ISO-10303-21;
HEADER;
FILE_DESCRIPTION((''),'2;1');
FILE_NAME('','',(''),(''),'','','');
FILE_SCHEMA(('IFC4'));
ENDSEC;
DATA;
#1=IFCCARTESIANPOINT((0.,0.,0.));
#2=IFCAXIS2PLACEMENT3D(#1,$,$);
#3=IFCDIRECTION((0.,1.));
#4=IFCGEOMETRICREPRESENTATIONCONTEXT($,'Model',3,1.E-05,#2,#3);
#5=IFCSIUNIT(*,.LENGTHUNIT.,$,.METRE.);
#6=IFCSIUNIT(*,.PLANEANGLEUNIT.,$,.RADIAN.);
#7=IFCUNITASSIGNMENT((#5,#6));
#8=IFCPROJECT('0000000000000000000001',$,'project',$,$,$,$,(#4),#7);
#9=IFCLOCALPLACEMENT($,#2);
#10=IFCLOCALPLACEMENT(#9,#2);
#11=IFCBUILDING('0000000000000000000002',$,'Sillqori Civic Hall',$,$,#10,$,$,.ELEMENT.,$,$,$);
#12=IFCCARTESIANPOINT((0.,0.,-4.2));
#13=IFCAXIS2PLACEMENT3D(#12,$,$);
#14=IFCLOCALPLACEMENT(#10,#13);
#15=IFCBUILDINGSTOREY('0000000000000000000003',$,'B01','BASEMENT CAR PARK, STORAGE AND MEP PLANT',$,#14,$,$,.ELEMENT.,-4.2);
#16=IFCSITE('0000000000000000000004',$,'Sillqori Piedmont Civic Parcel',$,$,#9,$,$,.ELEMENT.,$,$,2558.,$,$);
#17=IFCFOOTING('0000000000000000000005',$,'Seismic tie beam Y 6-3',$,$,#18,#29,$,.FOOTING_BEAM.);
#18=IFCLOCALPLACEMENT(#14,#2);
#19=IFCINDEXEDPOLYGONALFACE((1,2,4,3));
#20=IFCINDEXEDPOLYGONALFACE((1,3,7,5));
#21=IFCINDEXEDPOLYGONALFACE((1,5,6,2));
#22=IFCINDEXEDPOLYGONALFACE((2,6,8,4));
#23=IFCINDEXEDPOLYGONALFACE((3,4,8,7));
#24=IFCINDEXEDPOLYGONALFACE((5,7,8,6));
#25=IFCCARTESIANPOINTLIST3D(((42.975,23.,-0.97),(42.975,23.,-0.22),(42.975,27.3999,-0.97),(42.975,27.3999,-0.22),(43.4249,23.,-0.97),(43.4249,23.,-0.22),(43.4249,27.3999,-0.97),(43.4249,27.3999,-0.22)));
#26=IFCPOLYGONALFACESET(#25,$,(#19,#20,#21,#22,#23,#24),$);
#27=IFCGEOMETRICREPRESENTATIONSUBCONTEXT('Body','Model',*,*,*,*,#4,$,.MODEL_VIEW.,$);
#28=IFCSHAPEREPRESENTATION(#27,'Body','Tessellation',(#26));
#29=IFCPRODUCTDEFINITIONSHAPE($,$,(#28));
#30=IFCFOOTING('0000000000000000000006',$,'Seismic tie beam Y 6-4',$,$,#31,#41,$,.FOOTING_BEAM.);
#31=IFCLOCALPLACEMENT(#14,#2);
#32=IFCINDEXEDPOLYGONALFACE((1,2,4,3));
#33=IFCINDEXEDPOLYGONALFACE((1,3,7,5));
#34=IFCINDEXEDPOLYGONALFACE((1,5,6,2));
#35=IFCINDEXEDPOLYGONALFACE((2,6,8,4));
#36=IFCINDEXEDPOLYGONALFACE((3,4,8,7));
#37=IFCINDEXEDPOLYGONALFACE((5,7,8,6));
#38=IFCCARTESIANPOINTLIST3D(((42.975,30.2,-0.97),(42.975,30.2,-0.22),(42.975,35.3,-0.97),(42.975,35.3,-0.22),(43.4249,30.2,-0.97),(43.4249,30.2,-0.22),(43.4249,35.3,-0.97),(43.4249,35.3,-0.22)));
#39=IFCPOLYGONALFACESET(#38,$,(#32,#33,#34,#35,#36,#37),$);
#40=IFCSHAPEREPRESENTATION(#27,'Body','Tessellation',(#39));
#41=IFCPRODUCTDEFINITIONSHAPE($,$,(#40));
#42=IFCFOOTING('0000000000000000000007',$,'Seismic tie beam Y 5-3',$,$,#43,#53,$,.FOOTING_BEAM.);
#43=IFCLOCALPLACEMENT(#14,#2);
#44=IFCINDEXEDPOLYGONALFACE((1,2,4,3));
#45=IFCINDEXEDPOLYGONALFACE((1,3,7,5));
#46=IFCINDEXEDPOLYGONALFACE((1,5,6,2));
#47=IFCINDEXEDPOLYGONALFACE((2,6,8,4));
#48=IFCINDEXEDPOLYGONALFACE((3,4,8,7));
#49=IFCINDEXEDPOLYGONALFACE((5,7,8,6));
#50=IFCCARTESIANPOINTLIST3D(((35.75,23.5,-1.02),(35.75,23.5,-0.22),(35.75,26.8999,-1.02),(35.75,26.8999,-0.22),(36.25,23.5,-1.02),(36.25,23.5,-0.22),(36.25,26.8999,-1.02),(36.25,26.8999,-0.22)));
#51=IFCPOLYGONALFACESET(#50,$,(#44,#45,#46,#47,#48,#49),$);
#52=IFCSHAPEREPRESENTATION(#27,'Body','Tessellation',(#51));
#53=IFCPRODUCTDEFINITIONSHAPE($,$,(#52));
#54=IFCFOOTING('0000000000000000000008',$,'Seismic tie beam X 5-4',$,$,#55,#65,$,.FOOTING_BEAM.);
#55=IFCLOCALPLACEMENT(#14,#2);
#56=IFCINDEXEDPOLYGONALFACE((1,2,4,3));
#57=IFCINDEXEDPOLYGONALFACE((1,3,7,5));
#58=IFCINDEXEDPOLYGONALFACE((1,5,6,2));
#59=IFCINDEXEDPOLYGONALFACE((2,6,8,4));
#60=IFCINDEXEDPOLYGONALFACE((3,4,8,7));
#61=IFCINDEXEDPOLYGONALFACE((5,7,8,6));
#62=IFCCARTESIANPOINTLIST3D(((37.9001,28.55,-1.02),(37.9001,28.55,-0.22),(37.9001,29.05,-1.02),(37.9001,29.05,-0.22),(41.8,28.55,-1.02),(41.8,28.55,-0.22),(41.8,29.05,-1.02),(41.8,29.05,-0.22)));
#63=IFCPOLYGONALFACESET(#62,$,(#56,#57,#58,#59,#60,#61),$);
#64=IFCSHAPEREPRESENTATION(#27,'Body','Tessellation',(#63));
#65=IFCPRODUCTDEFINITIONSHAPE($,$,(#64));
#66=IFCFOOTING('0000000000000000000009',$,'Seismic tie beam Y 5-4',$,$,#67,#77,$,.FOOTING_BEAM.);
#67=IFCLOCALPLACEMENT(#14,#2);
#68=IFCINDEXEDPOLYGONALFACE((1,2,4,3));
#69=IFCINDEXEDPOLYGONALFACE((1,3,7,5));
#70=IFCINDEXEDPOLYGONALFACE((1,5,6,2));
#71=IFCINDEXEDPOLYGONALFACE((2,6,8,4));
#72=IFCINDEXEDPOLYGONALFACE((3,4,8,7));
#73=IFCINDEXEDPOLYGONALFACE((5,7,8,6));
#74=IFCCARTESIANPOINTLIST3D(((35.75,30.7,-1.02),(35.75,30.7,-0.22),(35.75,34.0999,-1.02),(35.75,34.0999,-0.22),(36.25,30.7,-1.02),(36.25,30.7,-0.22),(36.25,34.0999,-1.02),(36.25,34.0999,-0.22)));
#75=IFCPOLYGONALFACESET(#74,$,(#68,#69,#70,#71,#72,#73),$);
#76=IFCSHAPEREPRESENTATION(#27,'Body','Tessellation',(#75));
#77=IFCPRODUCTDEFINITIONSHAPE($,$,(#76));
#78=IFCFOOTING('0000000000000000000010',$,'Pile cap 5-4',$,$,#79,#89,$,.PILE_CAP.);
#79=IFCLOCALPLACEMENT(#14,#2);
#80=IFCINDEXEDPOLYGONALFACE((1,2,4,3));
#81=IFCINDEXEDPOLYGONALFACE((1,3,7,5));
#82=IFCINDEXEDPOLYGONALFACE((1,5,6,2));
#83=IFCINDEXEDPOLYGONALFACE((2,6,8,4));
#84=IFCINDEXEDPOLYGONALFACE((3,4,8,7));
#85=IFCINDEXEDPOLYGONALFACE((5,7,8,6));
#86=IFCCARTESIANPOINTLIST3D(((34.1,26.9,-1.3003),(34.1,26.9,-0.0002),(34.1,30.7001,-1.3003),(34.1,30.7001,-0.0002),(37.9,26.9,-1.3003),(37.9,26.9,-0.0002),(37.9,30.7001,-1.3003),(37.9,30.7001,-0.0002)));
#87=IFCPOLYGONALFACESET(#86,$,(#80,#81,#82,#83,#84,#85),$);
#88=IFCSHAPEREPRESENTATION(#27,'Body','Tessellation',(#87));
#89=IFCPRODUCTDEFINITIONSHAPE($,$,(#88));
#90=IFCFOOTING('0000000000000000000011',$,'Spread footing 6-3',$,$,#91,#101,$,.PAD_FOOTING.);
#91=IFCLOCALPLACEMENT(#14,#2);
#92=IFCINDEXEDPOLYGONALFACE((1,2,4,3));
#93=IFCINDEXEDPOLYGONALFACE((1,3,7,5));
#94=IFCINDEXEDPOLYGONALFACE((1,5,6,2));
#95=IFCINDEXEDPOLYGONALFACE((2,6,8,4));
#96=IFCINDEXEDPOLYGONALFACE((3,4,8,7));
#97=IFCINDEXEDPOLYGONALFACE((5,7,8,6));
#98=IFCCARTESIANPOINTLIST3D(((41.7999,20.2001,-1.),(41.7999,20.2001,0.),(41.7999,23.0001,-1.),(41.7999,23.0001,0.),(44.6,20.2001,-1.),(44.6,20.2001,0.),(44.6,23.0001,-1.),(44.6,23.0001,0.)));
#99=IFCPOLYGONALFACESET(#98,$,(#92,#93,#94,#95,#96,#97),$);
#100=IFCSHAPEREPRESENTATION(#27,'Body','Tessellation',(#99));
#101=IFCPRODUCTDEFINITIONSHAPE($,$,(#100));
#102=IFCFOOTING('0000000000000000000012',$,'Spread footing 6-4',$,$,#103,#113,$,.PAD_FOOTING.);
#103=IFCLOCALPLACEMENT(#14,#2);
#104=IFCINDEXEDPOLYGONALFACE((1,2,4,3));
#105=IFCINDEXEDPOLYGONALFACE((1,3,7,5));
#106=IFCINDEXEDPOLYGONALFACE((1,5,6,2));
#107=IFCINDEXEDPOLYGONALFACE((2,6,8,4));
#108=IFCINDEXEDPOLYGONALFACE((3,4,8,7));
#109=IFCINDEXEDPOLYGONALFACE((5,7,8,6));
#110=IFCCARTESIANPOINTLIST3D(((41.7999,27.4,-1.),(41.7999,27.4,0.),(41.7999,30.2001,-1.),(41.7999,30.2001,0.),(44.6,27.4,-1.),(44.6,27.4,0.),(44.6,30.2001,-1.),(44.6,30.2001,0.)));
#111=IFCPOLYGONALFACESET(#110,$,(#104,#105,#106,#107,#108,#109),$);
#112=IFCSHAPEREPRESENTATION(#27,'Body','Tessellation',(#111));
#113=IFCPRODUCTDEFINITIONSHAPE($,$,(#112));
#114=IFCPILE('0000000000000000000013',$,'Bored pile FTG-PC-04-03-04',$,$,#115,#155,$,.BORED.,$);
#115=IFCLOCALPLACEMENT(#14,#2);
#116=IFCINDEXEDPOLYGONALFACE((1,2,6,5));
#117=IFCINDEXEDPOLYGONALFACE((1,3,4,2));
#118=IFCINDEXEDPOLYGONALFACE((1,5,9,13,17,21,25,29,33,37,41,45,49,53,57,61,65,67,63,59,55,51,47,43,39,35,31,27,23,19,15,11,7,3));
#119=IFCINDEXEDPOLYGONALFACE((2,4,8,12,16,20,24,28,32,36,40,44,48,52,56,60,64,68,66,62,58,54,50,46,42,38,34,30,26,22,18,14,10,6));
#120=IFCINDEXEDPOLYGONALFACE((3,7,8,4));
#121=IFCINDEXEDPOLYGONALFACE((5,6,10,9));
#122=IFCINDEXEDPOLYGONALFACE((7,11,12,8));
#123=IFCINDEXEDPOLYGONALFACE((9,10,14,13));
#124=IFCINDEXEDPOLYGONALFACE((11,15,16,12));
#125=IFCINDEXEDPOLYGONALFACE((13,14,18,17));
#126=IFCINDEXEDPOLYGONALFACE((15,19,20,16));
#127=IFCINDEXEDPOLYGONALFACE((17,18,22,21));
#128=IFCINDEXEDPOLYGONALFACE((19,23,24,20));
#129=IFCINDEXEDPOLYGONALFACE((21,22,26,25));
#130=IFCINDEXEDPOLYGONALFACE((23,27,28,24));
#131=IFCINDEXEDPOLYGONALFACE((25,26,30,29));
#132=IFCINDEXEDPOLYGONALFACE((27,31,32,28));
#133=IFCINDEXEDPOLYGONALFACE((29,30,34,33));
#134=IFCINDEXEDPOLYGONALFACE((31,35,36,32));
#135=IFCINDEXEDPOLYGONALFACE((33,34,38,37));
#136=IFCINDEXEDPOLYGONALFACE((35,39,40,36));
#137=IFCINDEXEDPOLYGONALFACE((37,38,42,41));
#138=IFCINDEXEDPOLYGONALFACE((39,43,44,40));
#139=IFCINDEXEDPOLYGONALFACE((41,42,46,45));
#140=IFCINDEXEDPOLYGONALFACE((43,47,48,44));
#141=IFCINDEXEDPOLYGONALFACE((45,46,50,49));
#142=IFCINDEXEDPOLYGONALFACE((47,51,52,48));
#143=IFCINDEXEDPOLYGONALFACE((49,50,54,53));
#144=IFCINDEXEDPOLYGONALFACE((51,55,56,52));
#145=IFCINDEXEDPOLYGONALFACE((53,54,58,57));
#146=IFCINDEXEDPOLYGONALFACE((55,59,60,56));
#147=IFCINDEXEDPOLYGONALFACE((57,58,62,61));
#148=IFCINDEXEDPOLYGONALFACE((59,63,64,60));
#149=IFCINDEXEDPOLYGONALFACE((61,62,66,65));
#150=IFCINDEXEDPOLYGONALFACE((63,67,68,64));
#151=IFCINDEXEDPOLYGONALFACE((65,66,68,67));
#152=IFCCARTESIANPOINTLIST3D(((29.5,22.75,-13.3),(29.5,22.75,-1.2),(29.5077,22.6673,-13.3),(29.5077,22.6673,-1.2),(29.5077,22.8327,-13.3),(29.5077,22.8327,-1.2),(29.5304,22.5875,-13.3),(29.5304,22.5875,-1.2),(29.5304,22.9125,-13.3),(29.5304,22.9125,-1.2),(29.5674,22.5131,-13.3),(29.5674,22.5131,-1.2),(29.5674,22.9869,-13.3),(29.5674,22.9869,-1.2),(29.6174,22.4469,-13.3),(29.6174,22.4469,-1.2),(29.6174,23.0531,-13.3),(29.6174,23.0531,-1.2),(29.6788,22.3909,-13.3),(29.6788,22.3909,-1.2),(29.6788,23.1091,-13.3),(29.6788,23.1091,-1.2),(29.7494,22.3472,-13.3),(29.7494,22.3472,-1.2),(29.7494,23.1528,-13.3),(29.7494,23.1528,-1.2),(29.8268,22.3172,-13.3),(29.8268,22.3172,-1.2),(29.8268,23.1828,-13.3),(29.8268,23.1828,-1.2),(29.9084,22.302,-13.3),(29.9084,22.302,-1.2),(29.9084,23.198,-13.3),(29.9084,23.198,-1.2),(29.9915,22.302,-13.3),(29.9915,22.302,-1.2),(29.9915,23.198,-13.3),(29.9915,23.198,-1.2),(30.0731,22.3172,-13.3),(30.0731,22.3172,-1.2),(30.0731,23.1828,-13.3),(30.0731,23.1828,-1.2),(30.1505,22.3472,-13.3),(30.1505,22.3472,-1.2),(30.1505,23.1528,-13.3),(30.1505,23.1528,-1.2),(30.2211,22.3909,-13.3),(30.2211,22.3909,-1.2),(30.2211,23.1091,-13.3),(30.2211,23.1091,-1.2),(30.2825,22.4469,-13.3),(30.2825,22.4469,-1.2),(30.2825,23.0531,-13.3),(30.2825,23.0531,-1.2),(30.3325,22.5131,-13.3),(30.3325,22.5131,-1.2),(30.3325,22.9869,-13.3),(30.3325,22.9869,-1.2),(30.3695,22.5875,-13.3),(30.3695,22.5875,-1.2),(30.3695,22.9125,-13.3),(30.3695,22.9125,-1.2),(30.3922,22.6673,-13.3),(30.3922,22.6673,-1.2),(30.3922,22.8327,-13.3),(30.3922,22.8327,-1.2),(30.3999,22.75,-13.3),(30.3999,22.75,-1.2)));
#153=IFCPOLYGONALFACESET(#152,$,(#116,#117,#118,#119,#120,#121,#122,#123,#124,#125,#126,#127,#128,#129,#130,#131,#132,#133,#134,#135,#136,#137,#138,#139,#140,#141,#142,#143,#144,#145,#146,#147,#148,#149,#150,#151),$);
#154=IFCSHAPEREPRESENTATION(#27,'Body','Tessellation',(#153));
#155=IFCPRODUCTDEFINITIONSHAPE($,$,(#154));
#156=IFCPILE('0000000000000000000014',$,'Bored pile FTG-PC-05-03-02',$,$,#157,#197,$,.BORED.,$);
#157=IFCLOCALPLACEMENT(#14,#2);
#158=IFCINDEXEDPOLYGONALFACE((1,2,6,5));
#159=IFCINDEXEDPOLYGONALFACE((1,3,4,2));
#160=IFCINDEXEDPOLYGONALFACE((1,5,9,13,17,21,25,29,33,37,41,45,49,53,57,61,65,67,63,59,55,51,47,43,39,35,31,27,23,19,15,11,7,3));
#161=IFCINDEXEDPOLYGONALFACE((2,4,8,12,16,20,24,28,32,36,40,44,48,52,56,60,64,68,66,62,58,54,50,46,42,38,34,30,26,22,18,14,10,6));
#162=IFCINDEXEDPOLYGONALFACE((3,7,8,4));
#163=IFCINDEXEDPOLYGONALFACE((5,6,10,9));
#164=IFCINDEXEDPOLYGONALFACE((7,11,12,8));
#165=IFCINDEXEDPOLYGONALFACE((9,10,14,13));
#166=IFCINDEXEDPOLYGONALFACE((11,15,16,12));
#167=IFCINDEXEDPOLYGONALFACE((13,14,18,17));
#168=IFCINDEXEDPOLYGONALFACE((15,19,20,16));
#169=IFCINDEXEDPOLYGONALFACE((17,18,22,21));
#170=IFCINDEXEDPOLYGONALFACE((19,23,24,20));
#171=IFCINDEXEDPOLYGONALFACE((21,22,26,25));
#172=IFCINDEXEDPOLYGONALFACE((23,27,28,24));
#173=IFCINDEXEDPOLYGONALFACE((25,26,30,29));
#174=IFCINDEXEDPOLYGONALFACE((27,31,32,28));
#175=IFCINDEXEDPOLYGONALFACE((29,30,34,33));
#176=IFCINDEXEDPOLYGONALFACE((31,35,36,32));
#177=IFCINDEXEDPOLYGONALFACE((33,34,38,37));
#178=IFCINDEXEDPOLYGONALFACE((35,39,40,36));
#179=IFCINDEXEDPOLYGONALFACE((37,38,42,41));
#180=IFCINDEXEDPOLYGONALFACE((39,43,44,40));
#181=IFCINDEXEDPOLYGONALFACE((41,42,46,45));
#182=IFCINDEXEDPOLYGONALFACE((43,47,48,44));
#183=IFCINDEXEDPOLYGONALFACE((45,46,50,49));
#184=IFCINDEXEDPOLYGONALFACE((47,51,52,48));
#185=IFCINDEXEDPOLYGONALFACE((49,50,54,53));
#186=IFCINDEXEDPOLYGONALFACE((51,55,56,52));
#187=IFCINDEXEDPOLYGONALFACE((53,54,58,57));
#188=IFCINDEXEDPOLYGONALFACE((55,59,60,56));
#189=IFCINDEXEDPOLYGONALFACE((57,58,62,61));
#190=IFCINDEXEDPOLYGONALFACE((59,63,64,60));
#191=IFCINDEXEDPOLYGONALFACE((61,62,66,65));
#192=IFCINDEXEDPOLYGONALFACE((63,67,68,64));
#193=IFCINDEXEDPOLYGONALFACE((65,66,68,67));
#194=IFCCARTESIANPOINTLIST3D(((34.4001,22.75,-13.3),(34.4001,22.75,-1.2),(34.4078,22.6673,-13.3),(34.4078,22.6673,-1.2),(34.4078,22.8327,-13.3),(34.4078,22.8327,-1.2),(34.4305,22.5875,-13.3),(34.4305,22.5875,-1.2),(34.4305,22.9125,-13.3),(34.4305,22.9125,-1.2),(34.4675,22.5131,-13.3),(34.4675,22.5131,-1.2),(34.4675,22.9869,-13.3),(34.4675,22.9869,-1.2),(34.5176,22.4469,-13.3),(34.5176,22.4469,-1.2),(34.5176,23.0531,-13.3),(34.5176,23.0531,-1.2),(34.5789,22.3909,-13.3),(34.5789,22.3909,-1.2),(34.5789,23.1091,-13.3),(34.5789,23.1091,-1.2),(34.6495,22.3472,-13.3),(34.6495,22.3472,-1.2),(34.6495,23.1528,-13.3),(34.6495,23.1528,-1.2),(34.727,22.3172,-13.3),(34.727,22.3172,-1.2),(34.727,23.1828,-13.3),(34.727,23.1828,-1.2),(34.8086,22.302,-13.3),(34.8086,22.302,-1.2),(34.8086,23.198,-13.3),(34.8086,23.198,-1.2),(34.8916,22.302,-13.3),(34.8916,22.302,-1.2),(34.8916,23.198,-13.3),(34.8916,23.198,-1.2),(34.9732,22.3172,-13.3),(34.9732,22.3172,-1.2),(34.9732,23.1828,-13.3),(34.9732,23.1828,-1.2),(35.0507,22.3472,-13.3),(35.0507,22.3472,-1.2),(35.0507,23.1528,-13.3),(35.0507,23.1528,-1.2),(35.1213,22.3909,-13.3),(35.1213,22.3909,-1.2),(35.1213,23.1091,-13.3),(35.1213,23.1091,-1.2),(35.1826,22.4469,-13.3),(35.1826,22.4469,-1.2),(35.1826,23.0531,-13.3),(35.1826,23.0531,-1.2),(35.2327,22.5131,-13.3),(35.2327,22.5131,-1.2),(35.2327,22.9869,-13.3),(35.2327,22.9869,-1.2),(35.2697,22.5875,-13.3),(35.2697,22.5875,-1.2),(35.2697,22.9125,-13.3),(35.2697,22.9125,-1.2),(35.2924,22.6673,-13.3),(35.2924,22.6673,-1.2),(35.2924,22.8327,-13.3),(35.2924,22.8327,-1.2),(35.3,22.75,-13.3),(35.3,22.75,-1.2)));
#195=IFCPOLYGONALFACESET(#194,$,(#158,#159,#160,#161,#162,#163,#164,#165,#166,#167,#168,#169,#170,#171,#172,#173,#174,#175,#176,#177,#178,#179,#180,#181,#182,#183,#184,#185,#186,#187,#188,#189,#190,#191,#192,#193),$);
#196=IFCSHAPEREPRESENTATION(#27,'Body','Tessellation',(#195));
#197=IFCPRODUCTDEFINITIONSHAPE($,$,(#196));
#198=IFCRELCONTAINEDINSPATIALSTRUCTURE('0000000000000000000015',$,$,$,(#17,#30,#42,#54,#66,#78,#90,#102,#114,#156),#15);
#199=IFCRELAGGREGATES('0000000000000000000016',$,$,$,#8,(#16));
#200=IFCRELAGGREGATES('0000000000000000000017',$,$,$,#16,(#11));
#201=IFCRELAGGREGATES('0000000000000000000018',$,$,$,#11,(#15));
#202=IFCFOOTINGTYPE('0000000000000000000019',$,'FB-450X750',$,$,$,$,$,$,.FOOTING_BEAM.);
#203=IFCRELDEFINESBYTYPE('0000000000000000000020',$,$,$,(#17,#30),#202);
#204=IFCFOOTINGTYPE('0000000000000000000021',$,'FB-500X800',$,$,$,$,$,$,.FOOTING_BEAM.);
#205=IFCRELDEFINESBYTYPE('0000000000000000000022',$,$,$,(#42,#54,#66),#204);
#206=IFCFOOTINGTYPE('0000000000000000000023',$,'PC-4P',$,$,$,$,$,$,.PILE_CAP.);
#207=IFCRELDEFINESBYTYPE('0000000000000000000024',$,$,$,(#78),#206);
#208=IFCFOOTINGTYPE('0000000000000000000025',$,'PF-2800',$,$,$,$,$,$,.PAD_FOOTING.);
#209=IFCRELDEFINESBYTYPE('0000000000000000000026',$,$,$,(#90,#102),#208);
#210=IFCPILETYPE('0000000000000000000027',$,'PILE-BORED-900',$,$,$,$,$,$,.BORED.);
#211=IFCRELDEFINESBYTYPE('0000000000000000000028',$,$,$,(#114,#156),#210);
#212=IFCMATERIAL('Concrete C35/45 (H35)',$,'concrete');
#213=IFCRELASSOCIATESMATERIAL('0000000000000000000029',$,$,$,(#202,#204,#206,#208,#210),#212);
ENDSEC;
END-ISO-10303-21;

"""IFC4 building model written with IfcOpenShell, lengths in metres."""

from ifc_helpers import new_model, si_unit, direction, frame, origin, origin_2d, place, context, subcontext, project, spatial, rectangle, circle, extrude, material, material_profile, profile_set, type_object, element, save


model = new_model("IFC4")

# Units and contexts
model_context = context("Model", 3, precision=1e-05, world=origin(), true_north=direction((0.0, 1.0)))
body_context = subcontext(model_context, "Body", "Model", "MODEL_VIEW")
ifc_project = project(units=[si_unit("LENGTHUNIT", "METRE"), si_unit("PLANEANGLEUNIT", "RADIAN")], contexts=[model_context])

# Site, building, storey
site_placement = place(None, origin())
site = spatial("IfcSite", under=ifc_project, at=site_placement, Name="Sillqori Piedmont Civic Parcel", CompositionType="ELEMENT", RefElevation=2558.0)
building_placement = place(site_placement, origin())
building = spatial("IfcBuilding", under=site, at=building_placement, Name="Sillqori Civic Hall", CompositionType="ELEMENT")
storey_placement = place(building_placement, frame((0.0, 0.0, -4.2)))
storey = spatial("IfcBuildingStorey", under=building, at=storey_placement, Name="B01", Description="BASEMENT CAR PARK, STORAGE AND MEP PLANT", CompositionType="ELEMENT", Elevation=-4.2)

# Footings
ifc_material = material(Name="Concrete C35/45 (H35)", Category="concrete")
footing_type_1 = type_object("IfcFootingType", Name="FB-450X750", PredefinedType="FOOTING_BEAM", material=ifc_material)
footing_1_placement = place(storey_placement, frame((43.2, 25.2, -0.97), z_axis=(0.0, 0.0, 1.0), x_axis=(1.0, 0.0, 0.0)))
element("IfcFooting", 1, at=footing_1_placement, inside=storey, type_object=footing_type_1, Name="Seismic tie beam Y 6-3", PredefinedType="FOOTING_BEAM", context=body_context, shape_type="SweptSolid", body=[
    extrude(rectangle(XDim=0.45, YDim=4.3999, at=origin_2d()), origin(), (0.0, 0.0, 1.0), 0.75),
])
footing_2_placement = place(storey_placement, frame((43.2, 32.75, -0.97), z_axis=(0.0, 0.0, 1.0), x_axis=(1.0, 0.0, 0.0)))
element("IfcFooting", 2, at=footing_2_placement, inside=storey, type_object=footing_type_1, Name="Seismic tie beam Y 6-4", PredefinedType="FOOTING_BEAM", context=body_context, shape_type="SweptSolid", body=[
    extrude(rectangle(XDim=0.45, YDim=5.1001, at=origin_2d()), origin(), (0.0, 0.0, 1.0), 0.75),
])
footing_type_2 = type_object("IfcFootingType", Name="FB-500X800", PredefinedType="FOOTING_BEAM", material=ifc_material)
footing_3_placement = place(storey_placement, frame((36.0, 25.2, -1.02), z_axis=(0.0, 0.0, 1.0), x_axis=(1.0, 0.0, 0.0)))
element("IfcFooting", 3, at=footing_3_placement, inside=storey, type_object=footing_type_2, Name="Seismic tie beam Y 5-3", PredefinedType="FOOTING_BEAM", context=body_context, shape_type="SweptSolid", body=[
    extrude(rectangle(XDim=0.5, YDim=3.3999, at=origin_2d()), origin(), (0.0, 0.0, 1.0), 0.8),
])
footing_4_placement = place(storey_placement, frame((39.8501, 28.8, -1.02), z_axis=(0.0, 0.0, 1.0), x_axis=(1.0, 0.0, 0.0)))
element("IfcFooting", 4, at=footing_4_placement, inside=storey, type_object=footing_type_2, Name="Seismic tie beam X 5-4", PredefinedType="FOOTING_BEAM", context=body_context, shape_type="SweptSolid", body=[
    extrude(rectangle(XDim=3.8999, YDim=0.5, at=origin_2d()), origin(), (0.0, 0.0, 1.0), 0.8),
])
footing_5_placement = place(storey_placement, frame((36.0, 32.3999, -1.02), z_axis=(0.0, 0.0, 1.0), x_axis=(1.0, 0.0, 0.0)))
element("IfcFooting", 5, at=footing_5_placement, inside=storey, type_object=footing_type_2, Name="Seismic tie beam Y 5-4", PredefinedType="FOOTING_BEAM", context=body_context, shape_type="SweptSolid", body=[
    extrude(rectangle(XDim=0.5, YDim=3.3999, at=origin_2d()), origin(), (0.0, 0.0, 1.0), 0.8),
])
footing_type_3 = type_object("IfcFootingType", Name="PC-4P", PredefinedType="PILE_CAP", material=ifc_material)
footing_6_placement = place(storey_placement, frame((36.0, 28.8, -1.3003), z_axis=(0.0, 0.0, 1.0), x_axis=(1.0, 0.0, 0.0)))
element("IfcFooting", 6, at=footing_6_placement, inside=storey, type_object=footing_type_3, Name="Pile cap 5-4", PredefinedType="PILE_CAP", context=body_context, shape_type="SweptSolid", body=[
    extrude(rectangle(XDim=3.8, YDim=3.8, at=origin_2d()), origin(), (0.0, 0.0, 1.0), 1.3),
])
footing_type_4 = type_object("IfcFootingType", Name="PF-2800", PredefinedType="PAD_FOOTING", material=ifc_material)
for number, where, z_axis, x_axis, name in (
    (7, (43.2, 21.6001, -1.0), (0.0, 0.0, 1.0), (1.0, 0.0, 0.0), "Spread footing 6-3"),
    (8, (43.2, 28.8, -1.0), (0.0, 0.0, 1.0), (1.0, 0.0, 0.0), "Spread footing 6-4"),
):
    element("IfcFooting", number, at=place(storey_placement, frame(where, z_axis=z_axis, x_axis=x_axis)), inside=storey, type_object=footing_type_4, Name=name, PredefinedType="PAD_FOOTING", context=body_context, shape_type="SweptSolid", body=[
        extrude(rectangle(XDim=2.8, YDim=2.8, at=origin_2d()), origin(), (0.0, 0.0, 1.0), 1.0),
    ])

# Piles
ifc_material_profile_1 = material_profile(ifc_material, circle(Radius=0.45, at=origin_2d()), Name="BORED PILE 900")
ifc_profile_set_1 = profile_set([ifc_material_profile_1], Name="Concrete C35/45 (H35)")
pile_type = type_object("IfcPileType", Name="PILE-BORED-900", PredefinedType="BORED", material=ifc_profile_set_1)
for number, where, z_axis, x_axis, name in (
    (9, (29.95, 22.75, -1.2), (0.0, 0.0, -1.0), (1.0, 0.0, 0.0), "Bored pile FTG-PC-04-03-04"),
    (10, (34.8501, 22.75, -1.2), (0.0, 0.0, -1.0), (1.0, 0.0, 0.0), "Bored pile FTG-PC-05-03-02"),
):
    element("IfcPile", number, at=place(storey_placement, frame(where, z_axis=z_axis, x_axis=x_axis)), inside=storey, type_object=pile_type, Name=name, PredefinedType="BORED", context=body_context, shape_type="SweptSolid", body=[
        extrude(circle(Radius=0.45, at=origin_2d()), origin(), (0.0, 0.0, 1.0), 12.1001),
    ])

save(model, "model.ifc")
